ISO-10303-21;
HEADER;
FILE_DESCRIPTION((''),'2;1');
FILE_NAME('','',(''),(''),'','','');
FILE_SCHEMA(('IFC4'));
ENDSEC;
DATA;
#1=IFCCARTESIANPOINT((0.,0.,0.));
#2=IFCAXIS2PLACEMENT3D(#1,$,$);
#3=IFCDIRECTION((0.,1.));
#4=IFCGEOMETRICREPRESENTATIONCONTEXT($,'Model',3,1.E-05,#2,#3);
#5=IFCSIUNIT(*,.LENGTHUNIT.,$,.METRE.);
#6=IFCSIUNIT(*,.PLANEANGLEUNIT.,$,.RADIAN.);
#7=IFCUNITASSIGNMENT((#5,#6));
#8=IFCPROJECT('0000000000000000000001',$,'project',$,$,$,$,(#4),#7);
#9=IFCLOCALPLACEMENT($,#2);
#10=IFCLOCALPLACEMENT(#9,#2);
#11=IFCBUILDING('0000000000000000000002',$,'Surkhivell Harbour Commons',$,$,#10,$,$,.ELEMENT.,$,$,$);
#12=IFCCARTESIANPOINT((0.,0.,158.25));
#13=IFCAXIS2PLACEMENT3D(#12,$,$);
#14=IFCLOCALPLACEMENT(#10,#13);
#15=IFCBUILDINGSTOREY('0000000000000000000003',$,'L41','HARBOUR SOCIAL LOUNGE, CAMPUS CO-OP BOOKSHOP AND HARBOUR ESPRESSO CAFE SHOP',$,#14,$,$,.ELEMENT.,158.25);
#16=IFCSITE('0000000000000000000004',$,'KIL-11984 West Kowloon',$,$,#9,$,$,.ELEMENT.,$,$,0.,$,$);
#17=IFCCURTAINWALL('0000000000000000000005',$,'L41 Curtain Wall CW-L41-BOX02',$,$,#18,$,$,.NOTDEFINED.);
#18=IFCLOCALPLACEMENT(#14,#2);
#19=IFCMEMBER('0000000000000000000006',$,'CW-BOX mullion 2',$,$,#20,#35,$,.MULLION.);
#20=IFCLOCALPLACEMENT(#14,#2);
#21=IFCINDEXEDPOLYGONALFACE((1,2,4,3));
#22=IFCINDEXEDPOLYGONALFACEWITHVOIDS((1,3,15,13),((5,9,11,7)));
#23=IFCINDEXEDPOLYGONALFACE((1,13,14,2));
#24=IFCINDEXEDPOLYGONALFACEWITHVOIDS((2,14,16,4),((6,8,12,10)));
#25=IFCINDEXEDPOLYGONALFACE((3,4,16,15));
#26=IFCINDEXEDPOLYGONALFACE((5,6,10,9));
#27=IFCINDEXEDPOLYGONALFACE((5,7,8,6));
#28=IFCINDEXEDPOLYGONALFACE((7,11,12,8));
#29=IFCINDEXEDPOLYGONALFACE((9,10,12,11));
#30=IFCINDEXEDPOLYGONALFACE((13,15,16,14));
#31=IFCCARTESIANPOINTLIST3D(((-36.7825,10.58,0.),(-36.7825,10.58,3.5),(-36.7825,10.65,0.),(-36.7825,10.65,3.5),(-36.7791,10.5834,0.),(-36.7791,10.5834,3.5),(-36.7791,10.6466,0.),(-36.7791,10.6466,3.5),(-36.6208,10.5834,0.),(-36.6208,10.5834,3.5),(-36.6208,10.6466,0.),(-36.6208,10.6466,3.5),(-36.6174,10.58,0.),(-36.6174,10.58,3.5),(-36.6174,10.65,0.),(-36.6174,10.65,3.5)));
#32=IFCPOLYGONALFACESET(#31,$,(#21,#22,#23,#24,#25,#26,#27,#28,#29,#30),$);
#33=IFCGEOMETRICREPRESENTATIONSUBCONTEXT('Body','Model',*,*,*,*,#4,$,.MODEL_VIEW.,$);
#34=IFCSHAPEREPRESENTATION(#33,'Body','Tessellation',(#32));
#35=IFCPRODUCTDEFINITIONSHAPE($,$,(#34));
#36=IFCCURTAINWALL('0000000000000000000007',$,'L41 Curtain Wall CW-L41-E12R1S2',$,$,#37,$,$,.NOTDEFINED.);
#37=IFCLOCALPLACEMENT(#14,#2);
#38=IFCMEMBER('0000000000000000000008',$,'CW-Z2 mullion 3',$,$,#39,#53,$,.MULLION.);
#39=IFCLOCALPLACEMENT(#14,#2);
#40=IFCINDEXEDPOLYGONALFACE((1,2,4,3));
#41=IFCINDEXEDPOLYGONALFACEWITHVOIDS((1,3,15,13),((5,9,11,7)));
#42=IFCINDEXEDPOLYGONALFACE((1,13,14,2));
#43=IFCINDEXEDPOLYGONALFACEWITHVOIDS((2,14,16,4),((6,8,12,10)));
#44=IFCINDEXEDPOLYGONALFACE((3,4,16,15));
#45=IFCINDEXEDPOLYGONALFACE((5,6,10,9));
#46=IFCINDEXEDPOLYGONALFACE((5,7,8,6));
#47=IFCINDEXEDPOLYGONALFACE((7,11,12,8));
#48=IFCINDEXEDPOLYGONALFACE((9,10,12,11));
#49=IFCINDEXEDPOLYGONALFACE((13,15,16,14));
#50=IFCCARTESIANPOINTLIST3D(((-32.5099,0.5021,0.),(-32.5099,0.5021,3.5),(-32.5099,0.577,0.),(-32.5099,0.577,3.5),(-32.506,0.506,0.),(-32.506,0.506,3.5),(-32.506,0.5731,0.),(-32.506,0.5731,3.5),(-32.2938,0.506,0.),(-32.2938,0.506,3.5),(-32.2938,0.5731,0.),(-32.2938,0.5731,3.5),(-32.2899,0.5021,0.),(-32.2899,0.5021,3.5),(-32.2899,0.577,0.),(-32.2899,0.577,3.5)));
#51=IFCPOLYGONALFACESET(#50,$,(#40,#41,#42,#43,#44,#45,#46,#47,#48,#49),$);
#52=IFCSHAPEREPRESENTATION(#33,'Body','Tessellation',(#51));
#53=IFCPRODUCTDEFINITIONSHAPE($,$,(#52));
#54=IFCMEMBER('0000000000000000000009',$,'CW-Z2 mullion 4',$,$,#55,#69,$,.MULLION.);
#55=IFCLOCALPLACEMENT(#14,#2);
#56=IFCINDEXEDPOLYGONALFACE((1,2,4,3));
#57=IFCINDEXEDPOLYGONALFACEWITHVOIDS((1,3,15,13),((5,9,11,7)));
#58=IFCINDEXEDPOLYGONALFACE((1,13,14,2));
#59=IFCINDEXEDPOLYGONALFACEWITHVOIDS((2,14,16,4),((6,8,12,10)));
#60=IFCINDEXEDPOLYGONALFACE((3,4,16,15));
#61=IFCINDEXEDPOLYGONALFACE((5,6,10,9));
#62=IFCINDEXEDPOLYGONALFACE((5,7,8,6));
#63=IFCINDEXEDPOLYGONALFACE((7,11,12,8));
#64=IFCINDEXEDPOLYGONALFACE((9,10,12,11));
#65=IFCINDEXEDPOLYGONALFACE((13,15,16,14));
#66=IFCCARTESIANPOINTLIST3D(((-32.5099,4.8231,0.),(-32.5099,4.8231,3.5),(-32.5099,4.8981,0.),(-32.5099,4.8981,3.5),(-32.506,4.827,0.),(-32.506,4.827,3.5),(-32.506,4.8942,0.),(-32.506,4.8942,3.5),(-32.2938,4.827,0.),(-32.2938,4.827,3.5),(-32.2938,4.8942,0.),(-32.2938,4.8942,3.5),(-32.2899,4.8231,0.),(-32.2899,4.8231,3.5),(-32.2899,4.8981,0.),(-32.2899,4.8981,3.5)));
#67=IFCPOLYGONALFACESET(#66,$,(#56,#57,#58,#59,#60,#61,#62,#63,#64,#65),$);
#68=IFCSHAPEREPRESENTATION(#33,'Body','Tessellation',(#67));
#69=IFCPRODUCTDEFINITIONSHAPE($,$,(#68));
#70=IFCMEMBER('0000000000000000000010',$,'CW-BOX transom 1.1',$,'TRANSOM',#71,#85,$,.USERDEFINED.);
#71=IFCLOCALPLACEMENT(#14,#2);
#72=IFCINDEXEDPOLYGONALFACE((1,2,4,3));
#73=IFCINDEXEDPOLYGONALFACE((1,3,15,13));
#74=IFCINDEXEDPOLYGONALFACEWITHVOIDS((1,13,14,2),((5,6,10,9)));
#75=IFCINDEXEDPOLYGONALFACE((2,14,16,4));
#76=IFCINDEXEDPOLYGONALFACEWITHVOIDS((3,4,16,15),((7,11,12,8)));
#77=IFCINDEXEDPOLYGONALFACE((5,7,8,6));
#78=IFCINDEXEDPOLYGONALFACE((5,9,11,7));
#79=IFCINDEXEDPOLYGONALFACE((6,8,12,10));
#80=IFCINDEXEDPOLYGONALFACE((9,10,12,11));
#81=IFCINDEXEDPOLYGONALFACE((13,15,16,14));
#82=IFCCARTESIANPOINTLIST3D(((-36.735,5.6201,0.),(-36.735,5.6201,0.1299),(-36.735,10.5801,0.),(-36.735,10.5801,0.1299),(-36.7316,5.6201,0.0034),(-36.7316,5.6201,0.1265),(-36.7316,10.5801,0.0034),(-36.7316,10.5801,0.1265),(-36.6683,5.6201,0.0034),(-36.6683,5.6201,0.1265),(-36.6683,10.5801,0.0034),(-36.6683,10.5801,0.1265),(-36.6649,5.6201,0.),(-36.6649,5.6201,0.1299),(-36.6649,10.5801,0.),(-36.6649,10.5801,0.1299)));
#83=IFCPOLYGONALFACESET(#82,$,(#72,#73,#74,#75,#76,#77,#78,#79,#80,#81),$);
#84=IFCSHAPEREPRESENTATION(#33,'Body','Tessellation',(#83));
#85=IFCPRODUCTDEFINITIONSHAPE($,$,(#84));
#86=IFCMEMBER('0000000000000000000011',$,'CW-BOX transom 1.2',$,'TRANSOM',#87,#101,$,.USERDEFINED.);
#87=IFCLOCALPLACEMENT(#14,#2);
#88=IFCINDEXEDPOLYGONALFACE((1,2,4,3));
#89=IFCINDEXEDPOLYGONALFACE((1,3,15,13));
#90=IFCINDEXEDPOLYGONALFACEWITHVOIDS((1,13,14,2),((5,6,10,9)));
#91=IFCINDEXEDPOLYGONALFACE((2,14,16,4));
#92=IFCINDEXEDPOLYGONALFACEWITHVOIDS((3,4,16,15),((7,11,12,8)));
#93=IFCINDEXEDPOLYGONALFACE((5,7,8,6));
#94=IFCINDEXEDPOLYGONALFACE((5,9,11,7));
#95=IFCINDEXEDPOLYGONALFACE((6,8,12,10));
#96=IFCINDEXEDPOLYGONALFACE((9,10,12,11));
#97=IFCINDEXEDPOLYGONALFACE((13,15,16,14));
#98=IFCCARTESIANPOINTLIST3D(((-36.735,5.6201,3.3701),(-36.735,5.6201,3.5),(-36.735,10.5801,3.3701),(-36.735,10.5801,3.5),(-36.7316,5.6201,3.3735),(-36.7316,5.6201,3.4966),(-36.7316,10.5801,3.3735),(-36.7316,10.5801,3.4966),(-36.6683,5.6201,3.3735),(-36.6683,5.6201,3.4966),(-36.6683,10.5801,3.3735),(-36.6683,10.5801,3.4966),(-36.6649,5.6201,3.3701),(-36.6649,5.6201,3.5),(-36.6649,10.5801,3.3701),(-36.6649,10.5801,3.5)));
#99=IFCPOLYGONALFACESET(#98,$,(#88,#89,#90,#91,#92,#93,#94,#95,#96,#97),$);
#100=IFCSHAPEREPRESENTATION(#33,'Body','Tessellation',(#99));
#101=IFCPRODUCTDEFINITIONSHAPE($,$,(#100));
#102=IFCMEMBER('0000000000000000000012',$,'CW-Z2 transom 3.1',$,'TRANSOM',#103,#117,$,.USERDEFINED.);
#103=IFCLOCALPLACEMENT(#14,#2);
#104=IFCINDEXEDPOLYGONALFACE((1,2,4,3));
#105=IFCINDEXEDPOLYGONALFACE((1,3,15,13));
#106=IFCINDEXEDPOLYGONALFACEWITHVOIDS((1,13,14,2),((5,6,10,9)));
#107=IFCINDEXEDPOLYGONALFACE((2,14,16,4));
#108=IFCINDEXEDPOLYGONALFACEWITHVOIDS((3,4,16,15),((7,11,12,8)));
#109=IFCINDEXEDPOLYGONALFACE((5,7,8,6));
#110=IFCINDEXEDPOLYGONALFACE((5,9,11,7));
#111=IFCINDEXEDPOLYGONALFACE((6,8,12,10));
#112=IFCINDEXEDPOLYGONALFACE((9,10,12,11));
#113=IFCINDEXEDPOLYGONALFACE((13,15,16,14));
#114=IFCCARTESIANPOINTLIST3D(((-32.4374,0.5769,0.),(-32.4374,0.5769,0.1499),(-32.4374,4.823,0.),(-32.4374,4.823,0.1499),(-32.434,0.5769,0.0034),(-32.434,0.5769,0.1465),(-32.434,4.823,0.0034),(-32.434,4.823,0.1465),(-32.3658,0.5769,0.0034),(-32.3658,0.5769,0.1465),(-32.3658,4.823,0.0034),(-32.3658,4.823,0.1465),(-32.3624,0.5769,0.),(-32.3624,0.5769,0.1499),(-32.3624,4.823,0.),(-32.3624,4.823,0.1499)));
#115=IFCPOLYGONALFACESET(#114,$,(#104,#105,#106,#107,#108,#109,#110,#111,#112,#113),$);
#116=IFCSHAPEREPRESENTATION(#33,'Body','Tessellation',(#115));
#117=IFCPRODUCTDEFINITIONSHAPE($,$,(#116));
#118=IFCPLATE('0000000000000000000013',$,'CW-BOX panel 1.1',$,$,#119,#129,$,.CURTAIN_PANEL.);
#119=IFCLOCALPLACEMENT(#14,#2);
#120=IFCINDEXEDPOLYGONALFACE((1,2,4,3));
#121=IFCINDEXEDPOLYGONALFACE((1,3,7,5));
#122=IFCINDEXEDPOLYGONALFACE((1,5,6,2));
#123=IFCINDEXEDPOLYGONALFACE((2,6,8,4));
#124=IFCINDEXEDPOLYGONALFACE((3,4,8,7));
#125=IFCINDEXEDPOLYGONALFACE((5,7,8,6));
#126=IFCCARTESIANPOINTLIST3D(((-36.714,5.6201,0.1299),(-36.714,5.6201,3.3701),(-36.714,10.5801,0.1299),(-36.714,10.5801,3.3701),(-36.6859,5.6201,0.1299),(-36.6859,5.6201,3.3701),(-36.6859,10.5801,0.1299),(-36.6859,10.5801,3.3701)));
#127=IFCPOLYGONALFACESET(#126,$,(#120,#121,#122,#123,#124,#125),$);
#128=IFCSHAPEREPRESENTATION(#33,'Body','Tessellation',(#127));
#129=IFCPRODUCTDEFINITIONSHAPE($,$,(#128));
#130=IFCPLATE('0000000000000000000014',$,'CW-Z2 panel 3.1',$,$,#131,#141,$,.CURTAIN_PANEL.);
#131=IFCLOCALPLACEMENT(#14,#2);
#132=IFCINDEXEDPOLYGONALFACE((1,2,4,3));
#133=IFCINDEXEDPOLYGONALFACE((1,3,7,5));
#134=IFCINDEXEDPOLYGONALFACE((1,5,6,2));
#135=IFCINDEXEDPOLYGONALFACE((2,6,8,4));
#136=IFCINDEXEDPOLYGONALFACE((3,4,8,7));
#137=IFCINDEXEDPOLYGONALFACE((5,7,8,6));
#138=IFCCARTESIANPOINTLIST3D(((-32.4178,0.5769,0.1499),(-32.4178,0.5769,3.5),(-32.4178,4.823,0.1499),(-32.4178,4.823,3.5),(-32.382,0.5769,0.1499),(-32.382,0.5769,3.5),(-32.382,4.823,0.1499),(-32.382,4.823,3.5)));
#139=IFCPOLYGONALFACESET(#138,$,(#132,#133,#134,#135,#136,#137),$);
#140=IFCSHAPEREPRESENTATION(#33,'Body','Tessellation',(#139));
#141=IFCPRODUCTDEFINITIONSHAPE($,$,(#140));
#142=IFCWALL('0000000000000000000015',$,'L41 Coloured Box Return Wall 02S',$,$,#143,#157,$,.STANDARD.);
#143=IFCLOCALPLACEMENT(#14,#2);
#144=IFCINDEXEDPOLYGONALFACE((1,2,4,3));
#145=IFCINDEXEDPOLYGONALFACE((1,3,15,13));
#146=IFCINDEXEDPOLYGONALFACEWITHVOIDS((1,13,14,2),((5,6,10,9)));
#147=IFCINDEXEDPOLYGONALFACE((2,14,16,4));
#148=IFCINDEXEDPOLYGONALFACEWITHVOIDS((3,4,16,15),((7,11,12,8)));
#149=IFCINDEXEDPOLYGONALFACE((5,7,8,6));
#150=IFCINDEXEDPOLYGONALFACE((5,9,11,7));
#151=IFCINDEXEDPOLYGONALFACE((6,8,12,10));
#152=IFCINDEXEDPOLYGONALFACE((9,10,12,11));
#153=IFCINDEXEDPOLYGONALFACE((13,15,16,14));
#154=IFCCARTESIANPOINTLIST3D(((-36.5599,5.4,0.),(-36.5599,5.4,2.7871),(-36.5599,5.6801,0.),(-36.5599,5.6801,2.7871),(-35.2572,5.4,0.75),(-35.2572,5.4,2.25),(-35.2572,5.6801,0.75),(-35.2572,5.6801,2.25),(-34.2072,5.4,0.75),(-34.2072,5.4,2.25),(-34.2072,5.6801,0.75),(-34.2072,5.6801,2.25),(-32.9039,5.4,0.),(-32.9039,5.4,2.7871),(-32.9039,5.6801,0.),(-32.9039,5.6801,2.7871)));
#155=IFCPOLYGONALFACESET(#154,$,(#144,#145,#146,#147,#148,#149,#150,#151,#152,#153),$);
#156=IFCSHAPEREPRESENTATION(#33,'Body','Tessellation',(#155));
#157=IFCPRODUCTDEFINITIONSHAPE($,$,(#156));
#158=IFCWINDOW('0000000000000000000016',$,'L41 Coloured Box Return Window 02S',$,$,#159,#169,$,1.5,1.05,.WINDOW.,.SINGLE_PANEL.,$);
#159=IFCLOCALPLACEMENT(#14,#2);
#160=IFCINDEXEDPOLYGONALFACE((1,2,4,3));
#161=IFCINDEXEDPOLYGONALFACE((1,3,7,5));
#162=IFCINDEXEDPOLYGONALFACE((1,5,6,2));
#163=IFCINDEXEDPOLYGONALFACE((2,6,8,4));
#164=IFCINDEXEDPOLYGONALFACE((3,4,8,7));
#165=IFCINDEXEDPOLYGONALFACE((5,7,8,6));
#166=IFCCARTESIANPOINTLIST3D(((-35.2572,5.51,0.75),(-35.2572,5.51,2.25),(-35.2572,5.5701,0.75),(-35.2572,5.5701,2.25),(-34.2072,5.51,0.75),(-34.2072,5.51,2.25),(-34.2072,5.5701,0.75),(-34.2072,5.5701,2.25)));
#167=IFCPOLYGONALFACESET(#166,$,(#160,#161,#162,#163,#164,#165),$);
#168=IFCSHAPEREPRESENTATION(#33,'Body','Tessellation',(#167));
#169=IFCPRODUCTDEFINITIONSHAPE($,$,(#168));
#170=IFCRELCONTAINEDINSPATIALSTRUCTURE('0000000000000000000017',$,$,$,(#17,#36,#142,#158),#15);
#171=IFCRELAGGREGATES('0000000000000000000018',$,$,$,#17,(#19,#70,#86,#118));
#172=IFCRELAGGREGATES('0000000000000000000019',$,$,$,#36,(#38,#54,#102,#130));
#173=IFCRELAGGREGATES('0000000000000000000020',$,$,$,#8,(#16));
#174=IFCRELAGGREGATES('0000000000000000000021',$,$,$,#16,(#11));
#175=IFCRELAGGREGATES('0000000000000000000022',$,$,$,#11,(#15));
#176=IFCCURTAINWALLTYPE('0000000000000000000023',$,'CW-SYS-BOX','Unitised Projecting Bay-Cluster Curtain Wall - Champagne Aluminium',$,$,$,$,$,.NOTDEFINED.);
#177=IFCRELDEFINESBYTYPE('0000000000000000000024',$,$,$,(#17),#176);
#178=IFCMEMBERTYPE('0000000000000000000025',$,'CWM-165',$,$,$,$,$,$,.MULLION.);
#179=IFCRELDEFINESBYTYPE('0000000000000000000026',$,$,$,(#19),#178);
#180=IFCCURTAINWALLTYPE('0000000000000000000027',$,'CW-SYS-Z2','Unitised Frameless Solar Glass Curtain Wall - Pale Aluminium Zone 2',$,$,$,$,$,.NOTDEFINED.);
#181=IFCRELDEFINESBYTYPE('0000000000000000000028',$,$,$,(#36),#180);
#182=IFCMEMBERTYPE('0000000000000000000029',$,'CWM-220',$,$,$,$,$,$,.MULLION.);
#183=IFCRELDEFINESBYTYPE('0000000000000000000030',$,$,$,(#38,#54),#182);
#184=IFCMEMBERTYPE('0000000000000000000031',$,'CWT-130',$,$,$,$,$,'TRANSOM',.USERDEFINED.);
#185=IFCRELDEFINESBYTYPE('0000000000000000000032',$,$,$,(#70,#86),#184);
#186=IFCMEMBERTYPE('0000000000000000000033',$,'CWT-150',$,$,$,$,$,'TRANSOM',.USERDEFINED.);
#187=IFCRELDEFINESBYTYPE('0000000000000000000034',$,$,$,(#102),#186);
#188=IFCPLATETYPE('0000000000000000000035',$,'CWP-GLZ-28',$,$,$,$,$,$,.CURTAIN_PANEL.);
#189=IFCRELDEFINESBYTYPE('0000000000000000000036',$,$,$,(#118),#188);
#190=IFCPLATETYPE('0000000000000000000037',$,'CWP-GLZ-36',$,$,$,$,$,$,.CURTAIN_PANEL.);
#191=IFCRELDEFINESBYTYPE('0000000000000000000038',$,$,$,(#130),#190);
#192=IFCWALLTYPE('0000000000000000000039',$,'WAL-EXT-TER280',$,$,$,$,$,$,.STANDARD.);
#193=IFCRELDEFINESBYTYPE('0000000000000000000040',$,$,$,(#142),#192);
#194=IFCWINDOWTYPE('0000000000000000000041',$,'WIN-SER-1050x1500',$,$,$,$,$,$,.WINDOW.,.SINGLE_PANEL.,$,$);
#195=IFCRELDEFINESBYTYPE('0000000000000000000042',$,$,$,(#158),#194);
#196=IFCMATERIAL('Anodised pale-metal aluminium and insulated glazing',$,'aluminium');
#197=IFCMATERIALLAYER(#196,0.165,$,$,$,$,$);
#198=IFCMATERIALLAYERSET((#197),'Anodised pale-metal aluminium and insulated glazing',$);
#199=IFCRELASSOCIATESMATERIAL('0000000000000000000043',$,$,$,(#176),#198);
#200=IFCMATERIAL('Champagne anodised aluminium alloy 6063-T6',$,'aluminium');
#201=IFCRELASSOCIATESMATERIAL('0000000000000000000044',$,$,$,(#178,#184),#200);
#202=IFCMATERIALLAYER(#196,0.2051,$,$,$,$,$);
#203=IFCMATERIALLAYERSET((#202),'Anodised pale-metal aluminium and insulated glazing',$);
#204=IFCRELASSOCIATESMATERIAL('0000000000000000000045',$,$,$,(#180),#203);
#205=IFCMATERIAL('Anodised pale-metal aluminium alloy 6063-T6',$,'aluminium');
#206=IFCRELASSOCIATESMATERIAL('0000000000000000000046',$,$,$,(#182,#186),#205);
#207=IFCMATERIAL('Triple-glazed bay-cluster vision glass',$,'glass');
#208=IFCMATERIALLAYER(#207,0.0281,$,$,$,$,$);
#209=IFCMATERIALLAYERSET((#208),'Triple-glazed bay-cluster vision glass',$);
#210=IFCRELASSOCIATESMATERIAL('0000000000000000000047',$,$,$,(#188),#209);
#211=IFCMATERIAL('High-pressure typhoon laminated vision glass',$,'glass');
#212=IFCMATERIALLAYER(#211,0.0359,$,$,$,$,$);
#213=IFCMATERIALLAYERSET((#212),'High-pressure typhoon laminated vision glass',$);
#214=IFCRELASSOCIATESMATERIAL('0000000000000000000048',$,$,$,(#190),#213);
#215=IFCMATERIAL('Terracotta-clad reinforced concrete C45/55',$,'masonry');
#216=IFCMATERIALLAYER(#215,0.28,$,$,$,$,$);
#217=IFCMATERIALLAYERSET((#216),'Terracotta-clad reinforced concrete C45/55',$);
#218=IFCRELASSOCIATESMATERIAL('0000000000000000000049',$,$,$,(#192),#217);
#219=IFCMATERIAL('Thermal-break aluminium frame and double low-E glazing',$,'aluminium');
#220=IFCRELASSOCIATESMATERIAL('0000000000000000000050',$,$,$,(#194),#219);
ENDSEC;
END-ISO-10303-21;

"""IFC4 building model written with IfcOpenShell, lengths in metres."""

from ifc_helpers import new_model, si_unit, direction, frame, frame_2d, origin, origin_2d, place, context, subcontext, project, spatial, rectangle, hollow_rectangle, extrude, material, layer, layer_set, material_profile, profile_set, type_object, element, fill, aggregate, save


model = new_model("IFC4")

# Units and contexts
model_context = context("Model", 3, precision=1e-05, world=origin(), true_north=direction((0.0, 1.0)))
body_context = subcontext(model_context, "Body", "Model", "MODEL_VIEW")
ifc_project = project(units=[si_unit("LENGTHUNIT", "METRE"), si_unit("PLANEANGLEUNIT", "RADIAN")], contexts=[model_context])

# Site, building, storey
site_placement = place(None, origin())
site = spatial("IfcSite", under=ifc_project, at=site_placement, Name="KIL-11984 West Kowloon", CompositionType="ELEMENT", RefElevation=0.0)
building_placement = place(site_placement, origin())
building = spatial("IfcBuilding", under=site, at=building_placement, Name="Surkhivell Harbour Commons", CompositionType="ELEMENT")
storey_placement = place(building_placement, frame((0.0, 0.0, 158.25)))
storey = spatial("IfcBuildingStorey", under=building, at=storey_placement, Name="L41", Description="HARBOUR SOCIAL LOUNGE, CAMPUS CO-OP BOOKSHOP AND HARBOUR ESPRESSO CAFE SHOP", CompositionType="ELEMENT", Elevation=158.25)

# Curtain walls, members
ifc_material_1 = material(Name="Anodised pale-metal aluminium and insulated glazing", Category="aluminium")
ifc_layer_1 = layer(ifc_material_1, 0.165)
ifc_layer_set_1 = layer_set([ifc_layer_1], Name="Anodised pale-metal aluminium and insulated glazing")
curtain_wall_type_1 = type_object("IfcCurtainWallType", Name="CW-SYS-BOX", Description="Unitised Projecting Bay-Cluster Curtain Wall - Champagne Aluminium", PredefinedType="NOTDEFINED", material=ifc_layer_set_1)
curtain_wall_1_placement = place(storey_placement, origin())
curtain_wall_1 = element("IfcCurtainWall", 1, at=curtain_wall_1_placement, inside=storey, type_object=curtain_wall_type_1, Name="L41 Curtain Wall CW-L41-BOX02", PredefinedType="NOTDEFINED")
ifc_material_2 = material(Name="Champagne anodised aluminium alloy 6063-T6", Category="aluminium")
ifc_material_profile_1 = material_profile(ifc_material_2, hollow_rectangle(XDim=0.0701, YDim=0.165, WallThickness=0.0034, at=origin_2d()), Name="ALU-MULL-70x165")
ifc_profile_set_1 = profile_set([ifc_material_profile_1], Name="Champagne anodised aluminium alloy 6063-T6")
member_type_1 = type_object("IfcMemberType", Name="CWM-165", PredefinedType="MULLION", material=ifc_profile_set_1)
member_1_placement = place(storey_placement, frame((-36.7, 10.615, 0.0), z_axis=(0.0, 0.0, 1.0), x_axis=(0.0, 1.0, 0.0)))
member_1 = element("IfcMember", 2, at=member_1_placement, type_object=member_type_1, Name="CW-BOX mullion 2", PredefinedType="MULLION", context=body_context, shape_type="SweptSolid", body=[
    extrude(hollow_rectangle(XDim=0.0701, YDim=0.165, WallThickness=0.0034, at=origin_2d()), origin(), (0.0, 0.0, 1.0), 3.5),
])
ifc_layer_2 = layer(ifc_material_1, 0.2051)
ifc_layer_set_2 = layer_set([ifc_layer_2], Name="Anodised pale-metal aluminium and insulated glazing")
curtain_wall_type_2 = type_object("IfcCurtainWallType", Name="CW-SYS-Z2", Description="Unitised Frameless Solar Glass Curtain Wall - Pale Aluminium Zone 2", PredefinedType="NOTDEFINED", material=ifc_layer_set_2)
curtain_wall_2_placement = place(storey_placement, origin())
curtain_wall_2 = element("IfcCurtainWall", 3, at=curtain_wall_2_placement, inside=storey, type_object=curtain_wall_type_2, Name="L41 Curtain Wall CW-L41-E12R1S2", PredefinedType="NOTDEFINED")
ifc_material_3 = material(Name="Anodised pale-metal aluminium alloy 6063-T6", Category="aluminium")
ifc_material_profile_2 = material_profile(ifc_material_3, hollow_rectangle(XDim=0.075, YDim=0.22, WallThickness=0.0039, at=origin_2d()), Name="ALU-MULL-75x220")
ifc_profile_set_2 = profile_set([ifc_material_profile_2], Name="Anodised pale-metal aluminium alloy 6063-T6")
member_type_2 = type_object("IfcMemberType", Name="CWM-220", PredefinedType="MULLION", material=ifc_profile_set_2)
member_2_placement = place(storey_placement, frame((-32.3999, 0.5396, 0.0), z_axis=(0.0, 0.0, 1.0), x_axis=(0.0, 1.0, 0.0)))
member_2 = element("IfcMember", 4, at=member_2_placement, type_object=member_type_2, Name="CW-Z2 mullion 3", PredefinedType="MULLION", context=body_context, shape_type="SweptSolid", body=[
    extrude(hollow_rectangle(XDim=0.075, YDim=0.22, WallThickness=0.0039, at=origin_2d()), origin(), (0.0, 0.0, 1.0), 3.5),
])
member_3_placement = place(storey_placement, frame((-32.3999, 4.8606, 0.0), z_axis=(0.0, 0.0, 1.0), x_axis=(0.0, 1.0, 0.0)))
member_3 = element("IfcMember", 5, at=member_3_placement, type_object=member_type_2, Name="CW-Z2 mullion 4", PredefinedType="MULLION", context=body_context, shape_type="SweptSolid", body=[
    extrude(hollow_rectangle(XDim=0.075, YDim=0.22, WallThickness=0.0039, at=origin_2d()), origin(), (0.0, 0.0, 1.0), 3.5),
])

# Members
ifc_material_profile_3 = material_profile(ifc_material_2, hollow_rectangle(XDim=0.0701, YDim=0.1299, WallThickness=0.0034, at=origin_2d()), Name="ALU-TRAN-70x130")
ifc_profile_set_3 = profile_set([ifc_material_profile_3], Name="Champagne anodised aluminium alloy 6063-T6")
member_type_3 = type_object("IfcMemberType", Name="CWT-130", ElementType="TRANSOM", PredefinedType="USERDEFINED", material=ifc_profile_set_3)
member_4_placement = place(storey_placement, frame((-36.7, 5.6201, 0.0649), z_axis=(0.0, 1.0, 0.0), x_axis=(-1.0, 0.0, 0.0)))
member_4 = element("IfcMember", 6, at=member_4_placement, type_object=member_type_3, Name="CW-BOX transom 1.1", ObjectType="TRANSOM", PredefinedType="USERDEFINED", context=body_context, shape_type="SweptSolid", body=[
    extrude(hollow_rectangle(XDim=0.0701, YDim=0.1299, WallThickness=0.0034, at=origin_2d()), origin(), (0.0, 0.0, 1.0), 4.96),
])
member_5_placement = place(storey_placement, frame((-36.7, 5.6201, 3.4351), z_axis=(0.0, 1.0, 0.0), x_axis=(-1.0, 0.0, 0.0)))
member_5 = element("IfcMember", 7, at=member_5_placement, type_object=member_type_3, Name="CW-BOX transom 1.2", ObjectType="TRANSOM", PredefinedType="USERDEFINED", context=body_context, shape_type="SweptSolid", body=[
    extrude(hollow_rectangle(XDim=0.0701, YDim=0.1299, WallThickness=0.0034, at=origin_2d()), origin(), (0.0, 0.0, 1.0), 4.96),
])
ifc_material_profile_4 = material_profile(ifc_material_3, hollow_rectangle(XDim=0.075, YDim=0.1499, WallThickness=0.0034, at=origin_2d()), Name="ALU-TRAN-75x150")
ifc_profile_set_4 = profile_set([ifc_material_profile_4], Name="Anodised pale-metal aluminium alloy 6063-T6")
member_type_4 = type_object("IfcMemberType", Name="CWT-150", ElementType="TRANSOM", PredefinedType="USERDEFINED", material=ifc_profile_set_4)
member_6_placement = place(storey_placement, frame((-32.3999, 0.5769, 0.075), z_axis=(0.0, 1.0, 0.0), x_axis=(-1.0, 0.0, 0.0)))
member_6 = element("IfcMember", 8, at=member_6_placement, type_object=member_type_4, Name="CW-Z2 transom 3.1", ObjectType="TRANSOM", PredefinedType="USERDEFINED", context=body_context, shape_type="SweptSolid", body=[
    extrude(hollow_rectangle(XDim=0.075, YDim=0.1499, WallThickness=0.0034, at=origin_2d()), origin(), (0.0, 0.0, 1.0), 4.2461),
])

# Plates
ifc_material_4 = material(Name="Triple-glazed bay-cluster vision glass", Category="glass")
ifc_layer_3 = layer(ifc_material_4, 0.0281)
ifc_layer_set_3 = layer_set([ifc_layer_3], Name="Triple-glazed bay-cluster vision glass")
plate_type_1 = type_object("IfcPlateType", Name="CWP-GLZ-28", PredefinedType="CURTAIN_PANEL", material=ifc_layer_set_3)
plate_1_placement = place(storey_placement, frame((-36.7, 5.6201, 0.1299), z_axis=(0.0, 0.0, 1.0), x_axis=(0.0, 1.0, 0.0)))
plate_1 = element("IfcPlate", 9, at=plate_1_placement, type_object=plate_type_1, Name="CW-BOX panel 1.1", PredefinedType="CURTAIN_PANEL", context=body_context, shape_type="SweptSolid", body=[
    extrude(rectangle(XDim=4.96, YDim=0.0281, at=frame_2d((2.48, 0.0))), origin(), (0.0, 0.0, 1.0), 3.2402),
])
aggregate(curtain_wall_1, [member_1, member_4, member_5, plate_1])
ifc_material_5 = material(Name="High-pressure typhoon laminated vision glass", Category="glass")
ifc_layer_4 = layer(ifc_material_5, 0.0359)
ifc_layer_set_4 = layer_set([ifc_layer_4], Name="High-pressure typhoon laminated vision glass")
plate_type_2 = type_object("IfcPlateType", Name="CWP-GLZ-36", PredefinedType="CURTAIN_PANEL", material=ifc_layer_set_4)
plate_2_placement = place(storey_placement, frame((-32.3999, 0.5769, 0.1499), z_axis=(0.0, 0.0, 1.0), x_axis=(0.0, 1.0, 0.0)))
plate_2 = element("IfcPlate", 10, at=plate_2_placement, type_object=plate_type_2, Name="CW-Z2 panel 3.1", PredefinedType="CURTAIN_PANEL", context=body_context, shape_type="SweptSolid", body=[
    extrude(rectangle(XDim=4.2461, YDim=0.0359, at=frame_2d((2.123, 0.0))), origin(), (0.0, 0.0, 1.0), 3.3501),
])
aggregate(curtain_wall_2, [member_2, member_3, member_6, plate_2])

# Wall, opening, window
ifc_material_6 = material(Name="Terracotta-clad reinforced concrete C45/55", Category="masonry")
ifc_layer_5 = layer(ifc_material_6, 0.28)
ifc_layer_set_5 = layer_set([ifc_layer_5], Name="Terracotta-clad reinforced concrete C45/55")
wall_type_1 = type_object("IfcWallType", Name="WAL-EXT-TER280", PredefinedType="STANDARD", material=ifc_layer_set_5)
wall_1_placement = place(storey_placement, frame((-36.5601, 5.54, 0.0), z_axis=(0.0, 0.0, 1.0), x_axis=(1.0, 0.0, 0.0)))
wall_1 = element("IfcWall", 11, at=wall_1_placement, inside=storey, type_object=wall_type_1, Name="L41 Coloured Box Return Wall 02S", PredefinedType="STANDARD", context=body_context, shape_type="SweptSolid", body=[
    extrude(rectangle(XDim=3.656, YDim=0.28, at=frame_2d((1.8281, 0.0))), origin(), (0.0, 0.0, 1.0), 2.7871),
])
opening_1_placement = place(wall_1_placement, frame((1.303, 0.0, 0.75)))
opening_1 = element("IfcOpeningElement", 12, at=opening_1_placement, cuts=wall_1, PredefinedType="OPENING", context=body_context, shape_type="SweptSolid", body=[
    extrude(rectangle(XDim=1.05, YDim=1.5, at=frame_2d((0.5249, 0.75))), frame((0.0, 0.1499, 0.0), z_axis=(0.0, -1.0, 0.0), x_axis=(1.0, 0.0, 0.0)), (0.0, 0.0, 1.0), 0.3),
])
ifc_material_7 = material(Name="Thermal-break aluminium frame and double low-E glazing", Category="aluminium")
window_type = type_object("IfcWindowType", Name="WIN-SER-1050x1500", PartitioningType="SINGLE_PANEL", PredefinedType="WINDOW", material=ifc_material_7)
window_1_placement = place(opening_1_placement, origin())
window_1 = element("IfcWindow", 13, at=window_1_placement, inside=storey, type_object=window_type, Name="L41 Coloured Box Return Window 02S", OverallHeight=1.5, OverallWidth=1.05, PartitioningType="SINGLE_PANEL", PredefinedType="WINDOW", context=body_context, shape_type="SweptSolid", body=[
    extrude(rectangle(XDim=1.05, YDim=1.5, at=frame_2d((0.5249, 0.75))), frame((0.0, 0.03, 0.0), z_axis=(0.0, -1.0, 0.0), x_axis=(1.0, 0.0, 0.0)), (0.0, 0.0, 1.0), 0.0601),
])
fill(opening_1, window_1)

save(model, "model.ifc")
